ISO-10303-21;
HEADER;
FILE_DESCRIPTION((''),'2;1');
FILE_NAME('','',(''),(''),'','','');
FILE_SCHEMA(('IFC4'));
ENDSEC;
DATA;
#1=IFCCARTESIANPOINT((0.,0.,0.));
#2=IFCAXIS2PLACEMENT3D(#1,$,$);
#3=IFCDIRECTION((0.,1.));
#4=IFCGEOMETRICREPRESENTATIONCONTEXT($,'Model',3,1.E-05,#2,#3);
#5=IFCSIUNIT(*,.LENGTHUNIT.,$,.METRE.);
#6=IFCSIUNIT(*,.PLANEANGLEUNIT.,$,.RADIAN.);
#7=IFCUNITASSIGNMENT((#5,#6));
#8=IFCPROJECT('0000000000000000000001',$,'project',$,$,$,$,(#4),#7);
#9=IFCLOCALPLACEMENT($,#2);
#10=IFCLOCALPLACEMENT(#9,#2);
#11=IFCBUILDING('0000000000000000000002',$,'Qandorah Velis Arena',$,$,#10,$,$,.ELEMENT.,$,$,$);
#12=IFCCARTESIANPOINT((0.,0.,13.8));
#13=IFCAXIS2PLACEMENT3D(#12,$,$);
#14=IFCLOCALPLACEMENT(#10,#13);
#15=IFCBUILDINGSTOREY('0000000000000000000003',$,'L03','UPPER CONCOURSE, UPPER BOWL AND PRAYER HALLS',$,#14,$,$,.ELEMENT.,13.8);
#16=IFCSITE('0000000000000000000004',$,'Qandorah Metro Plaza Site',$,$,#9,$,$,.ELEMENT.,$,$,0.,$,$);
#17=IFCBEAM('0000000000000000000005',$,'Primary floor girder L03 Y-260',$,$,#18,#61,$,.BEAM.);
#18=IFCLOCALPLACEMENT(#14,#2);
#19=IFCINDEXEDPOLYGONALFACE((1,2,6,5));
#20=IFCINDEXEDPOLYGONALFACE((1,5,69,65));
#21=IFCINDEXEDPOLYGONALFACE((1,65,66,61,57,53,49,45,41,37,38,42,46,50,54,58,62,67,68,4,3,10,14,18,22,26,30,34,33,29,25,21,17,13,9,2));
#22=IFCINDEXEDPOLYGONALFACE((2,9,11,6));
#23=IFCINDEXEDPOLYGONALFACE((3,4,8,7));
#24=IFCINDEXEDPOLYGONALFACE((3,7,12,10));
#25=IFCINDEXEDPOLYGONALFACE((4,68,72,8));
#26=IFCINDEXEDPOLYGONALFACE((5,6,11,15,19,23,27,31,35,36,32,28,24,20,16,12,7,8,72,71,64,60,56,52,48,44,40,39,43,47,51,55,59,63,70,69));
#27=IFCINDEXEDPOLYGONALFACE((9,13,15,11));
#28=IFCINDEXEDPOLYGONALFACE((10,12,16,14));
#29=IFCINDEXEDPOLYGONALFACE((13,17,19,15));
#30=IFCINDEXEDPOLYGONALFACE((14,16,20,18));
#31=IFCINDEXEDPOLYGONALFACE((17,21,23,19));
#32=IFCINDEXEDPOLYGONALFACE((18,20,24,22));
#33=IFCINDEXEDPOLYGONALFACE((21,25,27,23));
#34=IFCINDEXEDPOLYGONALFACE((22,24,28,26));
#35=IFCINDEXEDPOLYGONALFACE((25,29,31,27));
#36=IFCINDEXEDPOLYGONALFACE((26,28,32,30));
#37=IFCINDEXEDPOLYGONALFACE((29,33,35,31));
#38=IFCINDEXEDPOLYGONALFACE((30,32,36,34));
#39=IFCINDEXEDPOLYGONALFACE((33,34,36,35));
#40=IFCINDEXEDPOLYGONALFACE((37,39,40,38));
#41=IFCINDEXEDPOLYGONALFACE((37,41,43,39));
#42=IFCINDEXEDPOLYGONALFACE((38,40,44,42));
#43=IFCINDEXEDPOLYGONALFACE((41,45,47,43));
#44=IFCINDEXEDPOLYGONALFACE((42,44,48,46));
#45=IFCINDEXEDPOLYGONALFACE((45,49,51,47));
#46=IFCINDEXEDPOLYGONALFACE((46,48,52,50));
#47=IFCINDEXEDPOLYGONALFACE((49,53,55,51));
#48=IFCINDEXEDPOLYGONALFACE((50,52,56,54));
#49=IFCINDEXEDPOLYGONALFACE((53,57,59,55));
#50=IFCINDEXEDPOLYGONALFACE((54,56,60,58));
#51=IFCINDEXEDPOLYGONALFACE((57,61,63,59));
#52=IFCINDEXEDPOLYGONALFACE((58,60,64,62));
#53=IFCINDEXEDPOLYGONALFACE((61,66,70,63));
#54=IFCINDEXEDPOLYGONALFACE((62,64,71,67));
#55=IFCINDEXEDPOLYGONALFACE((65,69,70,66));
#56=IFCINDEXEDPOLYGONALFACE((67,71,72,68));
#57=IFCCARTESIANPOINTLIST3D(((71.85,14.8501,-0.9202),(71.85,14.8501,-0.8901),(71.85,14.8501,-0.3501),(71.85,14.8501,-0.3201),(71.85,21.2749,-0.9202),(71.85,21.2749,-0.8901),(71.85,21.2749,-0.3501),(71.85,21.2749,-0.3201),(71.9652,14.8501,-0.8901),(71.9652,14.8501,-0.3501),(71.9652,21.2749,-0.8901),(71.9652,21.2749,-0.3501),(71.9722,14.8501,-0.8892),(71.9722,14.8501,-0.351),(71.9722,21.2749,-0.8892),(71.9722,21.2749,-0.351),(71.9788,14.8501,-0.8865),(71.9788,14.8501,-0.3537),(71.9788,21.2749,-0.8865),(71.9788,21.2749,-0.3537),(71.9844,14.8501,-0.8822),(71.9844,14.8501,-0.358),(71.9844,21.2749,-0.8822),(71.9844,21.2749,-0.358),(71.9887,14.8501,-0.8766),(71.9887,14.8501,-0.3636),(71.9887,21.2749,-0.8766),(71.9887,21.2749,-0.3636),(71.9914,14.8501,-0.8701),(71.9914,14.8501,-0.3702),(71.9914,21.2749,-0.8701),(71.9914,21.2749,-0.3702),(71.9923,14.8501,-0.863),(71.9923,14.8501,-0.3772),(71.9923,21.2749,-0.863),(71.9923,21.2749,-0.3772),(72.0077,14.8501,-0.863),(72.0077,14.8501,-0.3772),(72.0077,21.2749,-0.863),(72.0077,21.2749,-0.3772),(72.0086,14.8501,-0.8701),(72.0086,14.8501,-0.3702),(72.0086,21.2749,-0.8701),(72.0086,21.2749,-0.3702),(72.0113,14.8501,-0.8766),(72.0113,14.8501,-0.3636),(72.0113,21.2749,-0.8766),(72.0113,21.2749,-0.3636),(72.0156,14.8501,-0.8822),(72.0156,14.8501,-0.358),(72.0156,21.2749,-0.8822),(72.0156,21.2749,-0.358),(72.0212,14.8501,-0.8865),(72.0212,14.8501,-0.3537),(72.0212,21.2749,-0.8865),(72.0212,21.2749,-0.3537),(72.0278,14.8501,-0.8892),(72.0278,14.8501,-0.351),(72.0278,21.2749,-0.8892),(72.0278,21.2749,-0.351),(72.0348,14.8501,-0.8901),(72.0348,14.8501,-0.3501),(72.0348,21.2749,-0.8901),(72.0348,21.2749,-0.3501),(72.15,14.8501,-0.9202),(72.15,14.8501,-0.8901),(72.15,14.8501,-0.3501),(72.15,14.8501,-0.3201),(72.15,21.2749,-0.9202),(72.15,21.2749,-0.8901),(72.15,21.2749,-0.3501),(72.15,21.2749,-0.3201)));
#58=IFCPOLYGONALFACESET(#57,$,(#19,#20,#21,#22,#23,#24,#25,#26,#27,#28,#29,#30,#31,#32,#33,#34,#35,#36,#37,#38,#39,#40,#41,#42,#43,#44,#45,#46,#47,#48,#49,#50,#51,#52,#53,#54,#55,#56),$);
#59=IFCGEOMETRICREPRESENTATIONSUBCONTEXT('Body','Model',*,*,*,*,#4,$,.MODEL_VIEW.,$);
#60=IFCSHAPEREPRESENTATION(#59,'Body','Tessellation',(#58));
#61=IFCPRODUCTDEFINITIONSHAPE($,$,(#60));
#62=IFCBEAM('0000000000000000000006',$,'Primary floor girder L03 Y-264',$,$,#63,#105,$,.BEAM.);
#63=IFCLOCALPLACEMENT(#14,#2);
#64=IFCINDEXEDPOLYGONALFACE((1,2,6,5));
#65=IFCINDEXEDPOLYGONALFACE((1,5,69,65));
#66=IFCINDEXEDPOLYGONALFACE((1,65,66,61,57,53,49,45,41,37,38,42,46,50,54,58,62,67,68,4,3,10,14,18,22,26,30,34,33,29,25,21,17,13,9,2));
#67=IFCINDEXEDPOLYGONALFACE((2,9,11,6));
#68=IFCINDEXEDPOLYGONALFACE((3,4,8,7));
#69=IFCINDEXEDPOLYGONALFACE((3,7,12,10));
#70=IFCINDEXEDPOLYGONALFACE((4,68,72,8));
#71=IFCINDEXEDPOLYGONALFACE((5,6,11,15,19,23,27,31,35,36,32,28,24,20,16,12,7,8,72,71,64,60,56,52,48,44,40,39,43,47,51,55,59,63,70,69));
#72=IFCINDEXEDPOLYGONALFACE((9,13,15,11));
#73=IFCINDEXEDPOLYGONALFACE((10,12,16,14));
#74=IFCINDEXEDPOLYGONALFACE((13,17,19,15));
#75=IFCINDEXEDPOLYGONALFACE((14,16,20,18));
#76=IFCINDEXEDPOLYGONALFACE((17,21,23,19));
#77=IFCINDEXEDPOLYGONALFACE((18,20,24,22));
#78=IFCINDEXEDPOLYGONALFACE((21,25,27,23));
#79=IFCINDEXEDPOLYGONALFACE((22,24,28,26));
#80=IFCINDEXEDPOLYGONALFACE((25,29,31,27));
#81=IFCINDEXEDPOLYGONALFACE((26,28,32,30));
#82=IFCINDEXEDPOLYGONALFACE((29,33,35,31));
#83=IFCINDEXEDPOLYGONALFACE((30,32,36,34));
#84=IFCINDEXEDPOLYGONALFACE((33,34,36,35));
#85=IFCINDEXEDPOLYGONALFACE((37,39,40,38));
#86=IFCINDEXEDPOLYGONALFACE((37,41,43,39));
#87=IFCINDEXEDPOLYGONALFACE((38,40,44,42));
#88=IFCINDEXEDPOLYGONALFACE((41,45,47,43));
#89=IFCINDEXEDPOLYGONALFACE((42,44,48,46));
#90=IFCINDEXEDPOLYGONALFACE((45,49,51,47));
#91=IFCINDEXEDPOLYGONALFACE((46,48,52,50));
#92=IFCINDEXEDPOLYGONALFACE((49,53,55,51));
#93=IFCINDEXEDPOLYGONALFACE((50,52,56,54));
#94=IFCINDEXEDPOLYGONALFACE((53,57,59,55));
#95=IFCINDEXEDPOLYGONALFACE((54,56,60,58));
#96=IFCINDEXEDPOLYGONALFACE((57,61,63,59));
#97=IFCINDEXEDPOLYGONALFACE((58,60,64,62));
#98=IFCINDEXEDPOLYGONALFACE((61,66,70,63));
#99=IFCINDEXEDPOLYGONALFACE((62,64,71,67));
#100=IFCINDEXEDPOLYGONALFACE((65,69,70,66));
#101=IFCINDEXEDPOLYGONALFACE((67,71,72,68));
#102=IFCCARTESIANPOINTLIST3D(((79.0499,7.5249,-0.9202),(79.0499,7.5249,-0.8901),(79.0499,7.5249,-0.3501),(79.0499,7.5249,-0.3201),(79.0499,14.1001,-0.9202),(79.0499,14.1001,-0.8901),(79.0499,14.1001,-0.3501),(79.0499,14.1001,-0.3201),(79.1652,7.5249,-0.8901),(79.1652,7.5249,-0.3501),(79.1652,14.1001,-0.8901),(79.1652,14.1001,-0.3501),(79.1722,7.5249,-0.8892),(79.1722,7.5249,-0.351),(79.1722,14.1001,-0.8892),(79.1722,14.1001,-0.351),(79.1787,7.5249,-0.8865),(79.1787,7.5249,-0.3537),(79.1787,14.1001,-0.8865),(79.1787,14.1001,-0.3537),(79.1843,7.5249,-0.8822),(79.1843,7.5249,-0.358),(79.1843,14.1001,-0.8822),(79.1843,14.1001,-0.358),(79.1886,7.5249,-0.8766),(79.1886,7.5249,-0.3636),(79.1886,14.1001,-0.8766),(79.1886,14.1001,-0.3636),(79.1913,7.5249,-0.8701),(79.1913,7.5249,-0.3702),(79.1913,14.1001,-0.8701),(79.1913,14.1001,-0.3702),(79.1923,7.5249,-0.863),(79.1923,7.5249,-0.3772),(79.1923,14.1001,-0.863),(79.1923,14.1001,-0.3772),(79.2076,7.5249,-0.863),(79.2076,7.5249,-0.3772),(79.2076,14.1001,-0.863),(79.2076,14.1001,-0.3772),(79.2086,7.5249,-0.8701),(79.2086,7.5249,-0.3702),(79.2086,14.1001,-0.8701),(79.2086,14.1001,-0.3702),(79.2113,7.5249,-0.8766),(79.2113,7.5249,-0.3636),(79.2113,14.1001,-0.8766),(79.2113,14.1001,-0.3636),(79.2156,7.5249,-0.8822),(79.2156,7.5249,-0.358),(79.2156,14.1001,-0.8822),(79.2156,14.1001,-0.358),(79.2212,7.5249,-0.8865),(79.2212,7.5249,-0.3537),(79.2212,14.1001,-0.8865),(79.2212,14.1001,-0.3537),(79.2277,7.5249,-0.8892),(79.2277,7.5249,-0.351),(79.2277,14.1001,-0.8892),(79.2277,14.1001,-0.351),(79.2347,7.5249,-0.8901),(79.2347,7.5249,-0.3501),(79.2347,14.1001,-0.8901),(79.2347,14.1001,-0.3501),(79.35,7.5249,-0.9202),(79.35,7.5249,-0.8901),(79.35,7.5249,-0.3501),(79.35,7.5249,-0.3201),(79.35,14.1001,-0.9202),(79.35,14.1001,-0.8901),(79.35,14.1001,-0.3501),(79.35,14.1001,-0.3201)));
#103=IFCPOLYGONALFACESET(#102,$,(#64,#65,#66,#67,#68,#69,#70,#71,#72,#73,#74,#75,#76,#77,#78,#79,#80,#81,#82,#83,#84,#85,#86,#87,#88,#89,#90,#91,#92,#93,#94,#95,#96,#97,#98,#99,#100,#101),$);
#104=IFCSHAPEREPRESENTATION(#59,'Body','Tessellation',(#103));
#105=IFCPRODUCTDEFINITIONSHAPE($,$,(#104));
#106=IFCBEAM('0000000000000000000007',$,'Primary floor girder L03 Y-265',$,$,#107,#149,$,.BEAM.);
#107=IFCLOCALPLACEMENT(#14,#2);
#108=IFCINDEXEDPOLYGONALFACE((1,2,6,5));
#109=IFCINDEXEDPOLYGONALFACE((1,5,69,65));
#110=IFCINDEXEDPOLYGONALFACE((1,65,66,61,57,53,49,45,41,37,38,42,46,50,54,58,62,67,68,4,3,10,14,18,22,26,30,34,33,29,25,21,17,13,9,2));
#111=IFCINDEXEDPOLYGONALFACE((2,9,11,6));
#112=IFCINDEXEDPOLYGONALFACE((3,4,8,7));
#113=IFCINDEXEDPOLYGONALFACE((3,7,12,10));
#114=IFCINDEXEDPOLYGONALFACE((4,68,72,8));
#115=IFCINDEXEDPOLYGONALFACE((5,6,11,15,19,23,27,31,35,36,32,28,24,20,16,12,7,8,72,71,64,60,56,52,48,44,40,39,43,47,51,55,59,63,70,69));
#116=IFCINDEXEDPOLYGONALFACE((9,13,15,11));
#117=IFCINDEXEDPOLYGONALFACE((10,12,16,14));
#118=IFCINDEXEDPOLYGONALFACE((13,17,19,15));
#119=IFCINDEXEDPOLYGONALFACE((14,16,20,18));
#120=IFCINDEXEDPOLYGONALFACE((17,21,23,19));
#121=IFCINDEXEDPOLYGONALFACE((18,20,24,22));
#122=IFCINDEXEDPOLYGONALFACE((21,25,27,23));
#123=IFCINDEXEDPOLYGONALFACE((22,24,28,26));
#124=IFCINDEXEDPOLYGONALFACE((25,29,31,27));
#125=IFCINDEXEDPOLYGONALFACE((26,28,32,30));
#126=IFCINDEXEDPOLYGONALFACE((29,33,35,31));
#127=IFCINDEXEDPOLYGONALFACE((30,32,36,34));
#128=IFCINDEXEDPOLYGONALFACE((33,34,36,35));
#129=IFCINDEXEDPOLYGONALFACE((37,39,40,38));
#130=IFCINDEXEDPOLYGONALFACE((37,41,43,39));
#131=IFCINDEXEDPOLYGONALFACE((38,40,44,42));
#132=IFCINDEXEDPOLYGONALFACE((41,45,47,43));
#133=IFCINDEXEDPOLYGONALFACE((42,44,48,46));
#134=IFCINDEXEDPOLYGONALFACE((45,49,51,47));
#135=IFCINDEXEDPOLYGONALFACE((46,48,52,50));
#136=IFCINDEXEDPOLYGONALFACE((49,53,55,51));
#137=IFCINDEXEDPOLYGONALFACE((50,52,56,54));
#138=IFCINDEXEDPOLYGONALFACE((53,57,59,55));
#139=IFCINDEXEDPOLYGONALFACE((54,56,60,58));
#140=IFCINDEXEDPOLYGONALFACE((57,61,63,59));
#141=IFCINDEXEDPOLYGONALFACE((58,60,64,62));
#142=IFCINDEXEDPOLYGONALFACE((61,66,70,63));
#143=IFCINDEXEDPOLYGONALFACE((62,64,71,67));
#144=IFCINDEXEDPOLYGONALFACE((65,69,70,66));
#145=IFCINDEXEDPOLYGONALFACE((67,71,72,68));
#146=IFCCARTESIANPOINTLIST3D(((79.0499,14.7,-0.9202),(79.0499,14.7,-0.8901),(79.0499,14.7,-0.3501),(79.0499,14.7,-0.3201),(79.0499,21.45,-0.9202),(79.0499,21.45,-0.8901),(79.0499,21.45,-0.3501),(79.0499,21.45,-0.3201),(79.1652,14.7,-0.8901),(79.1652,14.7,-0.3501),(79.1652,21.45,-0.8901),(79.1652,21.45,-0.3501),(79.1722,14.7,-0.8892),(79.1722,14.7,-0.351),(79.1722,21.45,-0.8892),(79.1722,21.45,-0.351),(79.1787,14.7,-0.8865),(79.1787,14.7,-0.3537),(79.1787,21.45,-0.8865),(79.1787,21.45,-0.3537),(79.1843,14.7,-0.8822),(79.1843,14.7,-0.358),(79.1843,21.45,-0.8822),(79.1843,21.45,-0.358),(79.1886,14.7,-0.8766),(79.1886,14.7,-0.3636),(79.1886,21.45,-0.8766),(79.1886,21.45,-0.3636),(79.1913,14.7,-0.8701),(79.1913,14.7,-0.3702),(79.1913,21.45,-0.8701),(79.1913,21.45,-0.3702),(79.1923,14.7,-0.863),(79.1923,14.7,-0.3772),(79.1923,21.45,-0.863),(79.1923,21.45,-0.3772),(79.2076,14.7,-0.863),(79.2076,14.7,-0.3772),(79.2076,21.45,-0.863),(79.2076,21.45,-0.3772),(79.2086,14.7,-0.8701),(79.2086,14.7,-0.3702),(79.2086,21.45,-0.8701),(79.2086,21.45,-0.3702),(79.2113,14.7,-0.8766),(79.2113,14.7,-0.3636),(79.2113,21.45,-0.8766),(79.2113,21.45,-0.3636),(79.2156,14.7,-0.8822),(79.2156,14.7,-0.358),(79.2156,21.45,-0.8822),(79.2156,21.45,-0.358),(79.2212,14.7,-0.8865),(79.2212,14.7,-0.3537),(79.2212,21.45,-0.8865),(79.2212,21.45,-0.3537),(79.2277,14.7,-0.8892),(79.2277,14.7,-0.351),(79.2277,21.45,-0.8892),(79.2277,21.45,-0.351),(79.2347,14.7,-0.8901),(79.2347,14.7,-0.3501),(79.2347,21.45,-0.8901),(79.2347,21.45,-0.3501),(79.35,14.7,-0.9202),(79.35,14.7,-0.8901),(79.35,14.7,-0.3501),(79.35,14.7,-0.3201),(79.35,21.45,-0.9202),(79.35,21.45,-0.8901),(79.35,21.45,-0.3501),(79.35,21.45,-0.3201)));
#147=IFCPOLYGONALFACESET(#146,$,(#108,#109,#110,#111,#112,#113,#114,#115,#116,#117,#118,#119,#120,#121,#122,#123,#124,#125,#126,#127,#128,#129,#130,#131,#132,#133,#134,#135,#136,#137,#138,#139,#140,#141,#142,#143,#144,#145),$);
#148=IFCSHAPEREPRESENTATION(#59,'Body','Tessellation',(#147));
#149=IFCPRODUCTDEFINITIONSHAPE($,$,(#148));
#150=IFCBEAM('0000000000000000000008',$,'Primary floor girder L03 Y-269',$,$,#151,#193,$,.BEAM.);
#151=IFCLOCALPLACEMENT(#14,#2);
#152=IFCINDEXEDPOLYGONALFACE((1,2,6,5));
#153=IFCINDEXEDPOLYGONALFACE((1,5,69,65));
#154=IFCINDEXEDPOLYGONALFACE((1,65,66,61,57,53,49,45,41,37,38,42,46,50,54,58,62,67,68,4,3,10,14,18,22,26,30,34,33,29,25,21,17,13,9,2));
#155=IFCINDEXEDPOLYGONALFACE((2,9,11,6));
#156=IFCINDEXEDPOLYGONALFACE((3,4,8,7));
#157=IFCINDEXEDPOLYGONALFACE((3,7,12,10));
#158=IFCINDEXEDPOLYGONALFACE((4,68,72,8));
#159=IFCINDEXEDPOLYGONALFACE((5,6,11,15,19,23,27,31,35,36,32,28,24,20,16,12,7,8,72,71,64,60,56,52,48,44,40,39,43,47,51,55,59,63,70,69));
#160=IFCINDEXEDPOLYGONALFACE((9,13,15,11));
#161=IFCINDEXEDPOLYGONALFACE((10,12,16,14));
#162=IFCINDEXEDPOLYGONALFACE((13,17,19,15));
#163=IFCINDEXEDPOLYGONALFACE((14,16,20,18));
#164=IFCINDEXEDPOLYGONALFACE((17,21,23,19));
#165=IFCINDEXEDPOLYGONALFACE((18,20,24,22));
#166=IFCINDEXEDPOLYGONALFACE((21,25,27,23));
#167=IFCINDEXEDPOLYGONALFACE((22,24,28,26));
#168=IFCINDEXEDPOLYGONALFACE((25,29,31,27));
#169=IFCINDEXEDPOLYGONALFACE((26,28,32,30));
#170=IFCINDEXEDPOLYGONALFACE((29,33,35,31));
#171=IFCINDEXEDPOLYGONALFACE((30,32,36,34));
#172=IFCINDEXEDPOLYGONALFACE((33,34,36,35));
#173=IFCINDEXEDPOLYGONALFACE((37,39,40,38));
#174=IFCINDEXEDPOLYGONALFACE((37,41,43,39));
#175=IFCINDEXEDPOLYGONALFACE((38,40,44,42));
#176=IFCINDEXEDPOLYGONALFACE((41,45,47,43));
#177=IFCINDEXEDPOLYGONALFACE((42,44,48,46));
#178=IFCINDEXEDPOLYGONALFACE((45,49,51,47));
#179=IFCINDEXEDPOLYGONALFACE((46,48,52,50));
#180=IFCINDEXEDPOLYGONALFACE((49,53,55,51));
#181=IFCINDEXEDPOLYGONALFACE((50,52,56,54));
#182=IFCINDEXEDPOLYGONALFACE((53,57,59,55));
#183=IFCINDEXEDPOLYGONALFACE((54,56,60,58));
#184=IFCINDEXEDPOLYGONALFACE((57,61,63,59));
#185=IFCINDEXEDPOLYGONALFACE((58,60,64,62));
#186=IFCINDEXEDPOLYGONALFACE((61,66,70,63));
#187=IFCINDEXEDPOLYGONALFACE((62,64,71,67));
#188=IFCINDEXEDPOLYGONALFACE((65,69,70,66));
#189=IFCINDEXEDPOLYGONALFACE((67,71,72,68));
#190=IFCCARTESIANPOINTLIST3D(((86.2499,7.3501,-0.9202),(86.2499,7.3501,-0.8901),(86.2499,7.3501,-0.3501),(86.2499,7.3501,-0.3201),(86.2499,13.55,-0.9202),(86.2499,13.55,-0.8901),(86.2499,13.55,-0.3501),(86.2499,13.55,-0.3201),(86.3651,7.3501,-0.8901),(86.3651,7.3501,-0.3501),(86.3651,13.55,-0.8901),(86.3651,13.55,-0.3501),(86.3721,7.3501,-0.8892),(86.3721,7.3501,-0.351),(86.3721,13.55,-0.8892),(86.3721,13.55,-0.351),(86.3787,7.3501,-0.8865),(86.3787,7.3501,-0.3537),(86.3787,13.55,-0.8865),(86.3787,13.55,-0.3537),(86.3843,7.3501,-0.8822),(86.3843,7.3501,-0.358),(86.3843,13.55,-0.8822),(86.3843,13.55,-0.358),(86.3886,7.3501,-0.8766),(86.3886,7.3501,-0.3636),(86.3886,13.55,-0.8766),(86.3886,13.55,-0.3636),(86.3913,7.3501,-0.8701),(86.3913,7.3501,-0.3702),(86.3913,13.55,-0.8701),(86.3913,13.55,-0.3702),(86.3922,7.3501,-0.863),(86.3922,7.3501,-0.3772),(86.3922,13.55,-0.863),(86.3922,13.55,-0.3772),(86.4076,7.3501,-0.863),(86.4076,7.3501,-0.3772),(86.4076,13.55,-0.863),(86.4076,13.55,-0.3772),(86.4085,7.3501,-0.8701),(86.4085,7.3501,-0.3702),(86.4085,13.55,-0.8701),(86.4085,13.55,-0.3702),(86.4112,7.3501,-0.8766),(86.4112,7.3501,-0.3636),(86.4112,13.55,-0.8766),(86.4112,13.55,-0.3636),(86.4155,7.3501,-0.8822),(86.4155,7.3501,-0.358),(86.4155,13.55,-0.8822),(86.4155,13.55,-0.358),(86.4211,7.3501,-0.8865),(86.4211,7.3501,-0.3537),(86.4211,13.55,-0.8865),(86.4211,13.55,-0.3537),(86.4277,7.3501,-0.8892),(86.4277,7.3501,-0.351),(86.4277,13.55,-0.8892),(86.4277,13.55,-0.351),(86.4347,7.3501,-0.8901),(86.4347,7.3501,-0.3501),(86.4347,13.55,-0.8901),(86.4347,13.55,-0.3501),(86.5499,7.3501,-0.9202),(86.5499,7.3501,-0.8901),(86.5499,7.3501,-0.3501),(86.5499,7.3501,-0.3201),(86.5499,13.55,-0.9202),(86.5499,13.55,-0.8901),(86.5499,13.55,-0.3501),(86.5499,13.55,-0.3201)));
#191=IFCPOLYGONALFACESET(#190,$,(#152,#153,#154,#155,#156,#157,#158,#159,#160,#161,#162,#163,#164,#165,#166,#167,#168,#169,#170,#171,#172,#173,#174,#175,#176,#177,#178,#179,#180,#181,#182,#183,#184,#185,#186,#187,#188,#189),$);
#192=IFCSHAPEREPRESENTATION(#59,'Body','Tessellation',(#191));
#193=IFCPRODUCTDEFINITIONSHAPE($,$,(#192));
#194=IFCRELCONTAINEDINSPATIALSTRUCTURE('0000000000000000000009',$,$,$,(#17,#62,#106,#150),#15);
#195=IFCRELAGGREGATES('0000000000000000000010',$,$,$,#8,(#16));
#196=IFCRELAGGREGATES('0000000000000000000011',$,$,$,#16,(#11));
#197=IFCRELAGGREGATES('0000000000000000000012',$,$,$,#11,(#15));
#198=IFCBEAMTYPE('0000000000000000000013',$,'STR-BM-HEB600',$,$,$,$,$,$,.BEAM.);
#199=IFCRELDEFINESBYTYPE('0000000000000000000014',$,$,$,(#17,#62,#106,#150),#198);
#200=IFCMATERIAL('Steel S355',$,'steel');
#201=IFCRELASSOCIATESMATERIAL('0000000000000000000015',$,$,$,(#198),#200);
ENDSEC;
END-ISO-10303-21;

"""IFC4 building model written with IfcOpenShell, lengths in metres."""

from ifc_helpers import new_model, si_unit, direction, frame, origin, origin_2d, place, context, subcontext, project, spatial, i_section, extrude, material, material_profile, profile_set, type_object, element, save


model = new_model("IFC4")

# Units and contexts
model_context = context("Model", 3, precision=1e-05, world=origin(), true_north=direction((0.0, 1.0)))
body_context = subcontext(model_context, "Body", "Model", "MODEL_VIEW")
ifc_project = project(units=[si_unit("LENGTHUNIT", "METRE"), si_unit("PLANEANGLEUNIT", "RADIAN")], contexts=[model_context])

# Site, building, storey
site_placement = place(None, origin())
site = spatial("IfcSite", under=ifc_project, at=site_placement, Name="Qandorah Metro Plaza Site", CompositionType="ELEMENT", RefElevation=0.0)
building_placement = place(site_placement, origin())
building = spatial("IfcBuilding", under=site, at=building_placement, Name="Qandorah Velis Arena", CompositionType="ELEMENT")
storey_placement = place(building_placement, frame((0.0, 0.0, 13.8)))
storey = spatial("IfcBuildingStorey", under=building, at=storey_placement, Name="L03", Description="UPPER CONCOURSE, UPPER BOWL AND PRAYER HALLS", CompositionType="ELEMENT", Elevation=13.8)

# Beams
ifc_material_1 = material(Name="Steel S355", Category="steel")
ifc_material_profile_1 = material_profile(ifc_material_1, i_section(OverallWidth=0.3, OverallDepth=0.6001, WebThickness=0.0154, FlangeThickness=0.03, FilletRadius=0.0271, at=origin_2d()), Name="HEB 600")
ifc_profile_set_1 = profile_set([ifc_material_profile_1], Name="Steel S355")
beam_type_1 = type_object("IfcBeamType", Name="STR-BM-HEB600", PredefinedType="BEAM", material=ifc_profile_set_1)
beam_1_placement = place(storey_placement, frame((72.0, 14.8501, -0.6201), z_axis=(0.0, 1.0, 0.0), x_axis=(-1.0, 0.0, 0.0)))
element("IfcBeam", 1, at=beam_1_placement, inside=storey, type_object=beam_type_1, Name="Primary floor girder L03 Y-260", PredefinedType="BEAM", context=body_context, shape_type="SweptSolid", body=[
    extrude(i_section(OverallWidth=0.3, OverallDepth=0.6001, WebThickness=0.0154, FlangeThickness=0.03, FilletRadius=0.0271, at=origin_2d()), origin(), (0.0, 0.0, 1.0), 6.4248),
])
beam_2_placement = place(storey_placement, frame((79.2, 7.5249, -0.6201), z_axis=(0.0, 1.0, 0.0), x_axis=(-1.0, 0.0, 0.0)))
element("IfcBeam", 2, at=beam_2_placement, inside=storey, type_object=beam_type_1, Name="Primary floor girder L03 Y-264", PredefinedType="BEAM", context=body_context, shape_type="SweptSolid", body=[
    extrude(i_section(OverallWidth=0.3, OverallDepth=0.6001, WebThickness=0.0154, FlangeThickness=0.03, FilletRadius=0.0271, at=origin_2d()), origin(), (0.0, 0.0, 1.0), 6.5752),
])
beam_3_placement = place(storey_placement, frame((79.2, 14.7, -0.6201), z_axis=(0.0, 1.0, 0.0), x_axis=(-1.0, 0.0, 0.0)))
element("IfcBeam", 3, at=beam_3_placement, inside=storey, type_object=beam_type_1, Name="Primary floor girder L03 Y-265", PredefinedType="BEAM", context=body_context, shape_type="SweptSolid", body=[
    extrude(i_section(OverallWidth=0.3, OverallDepth=0.6001, WebThickness=0.0154, FlangeThickness=0.03, FilletRadius=0.0271, at=origin_2d()), origin(), (0.0, 0.0, 1.0), 6.75),
])
beam_4_placement = place(storey_placement, frame((86.3999, 7.3501, -0.6201), z_axis=(0.0, 1.0, 0.0), x_axis=(-1.0, 0.0, 0.0)))
element("IfcBeam", 4, at=beam_4_placement, inside=storey, type_object=beam_type_1, Name="Primary floor girder L03 Y-269", PredefinedType="BEAM", context=body_context, shape_type="SweptSolid", body=[
    extrude(i_section(OverallWidth=0.3, OverallDepth=0.6001, WebThickness=0.0154, FlangeThickness=0.03, FilletRadius=0.0271, at=origin_2d()), origin(), (0.0, 0.0, 1.0), 6.2),
])

save(model, "model.ifc")
